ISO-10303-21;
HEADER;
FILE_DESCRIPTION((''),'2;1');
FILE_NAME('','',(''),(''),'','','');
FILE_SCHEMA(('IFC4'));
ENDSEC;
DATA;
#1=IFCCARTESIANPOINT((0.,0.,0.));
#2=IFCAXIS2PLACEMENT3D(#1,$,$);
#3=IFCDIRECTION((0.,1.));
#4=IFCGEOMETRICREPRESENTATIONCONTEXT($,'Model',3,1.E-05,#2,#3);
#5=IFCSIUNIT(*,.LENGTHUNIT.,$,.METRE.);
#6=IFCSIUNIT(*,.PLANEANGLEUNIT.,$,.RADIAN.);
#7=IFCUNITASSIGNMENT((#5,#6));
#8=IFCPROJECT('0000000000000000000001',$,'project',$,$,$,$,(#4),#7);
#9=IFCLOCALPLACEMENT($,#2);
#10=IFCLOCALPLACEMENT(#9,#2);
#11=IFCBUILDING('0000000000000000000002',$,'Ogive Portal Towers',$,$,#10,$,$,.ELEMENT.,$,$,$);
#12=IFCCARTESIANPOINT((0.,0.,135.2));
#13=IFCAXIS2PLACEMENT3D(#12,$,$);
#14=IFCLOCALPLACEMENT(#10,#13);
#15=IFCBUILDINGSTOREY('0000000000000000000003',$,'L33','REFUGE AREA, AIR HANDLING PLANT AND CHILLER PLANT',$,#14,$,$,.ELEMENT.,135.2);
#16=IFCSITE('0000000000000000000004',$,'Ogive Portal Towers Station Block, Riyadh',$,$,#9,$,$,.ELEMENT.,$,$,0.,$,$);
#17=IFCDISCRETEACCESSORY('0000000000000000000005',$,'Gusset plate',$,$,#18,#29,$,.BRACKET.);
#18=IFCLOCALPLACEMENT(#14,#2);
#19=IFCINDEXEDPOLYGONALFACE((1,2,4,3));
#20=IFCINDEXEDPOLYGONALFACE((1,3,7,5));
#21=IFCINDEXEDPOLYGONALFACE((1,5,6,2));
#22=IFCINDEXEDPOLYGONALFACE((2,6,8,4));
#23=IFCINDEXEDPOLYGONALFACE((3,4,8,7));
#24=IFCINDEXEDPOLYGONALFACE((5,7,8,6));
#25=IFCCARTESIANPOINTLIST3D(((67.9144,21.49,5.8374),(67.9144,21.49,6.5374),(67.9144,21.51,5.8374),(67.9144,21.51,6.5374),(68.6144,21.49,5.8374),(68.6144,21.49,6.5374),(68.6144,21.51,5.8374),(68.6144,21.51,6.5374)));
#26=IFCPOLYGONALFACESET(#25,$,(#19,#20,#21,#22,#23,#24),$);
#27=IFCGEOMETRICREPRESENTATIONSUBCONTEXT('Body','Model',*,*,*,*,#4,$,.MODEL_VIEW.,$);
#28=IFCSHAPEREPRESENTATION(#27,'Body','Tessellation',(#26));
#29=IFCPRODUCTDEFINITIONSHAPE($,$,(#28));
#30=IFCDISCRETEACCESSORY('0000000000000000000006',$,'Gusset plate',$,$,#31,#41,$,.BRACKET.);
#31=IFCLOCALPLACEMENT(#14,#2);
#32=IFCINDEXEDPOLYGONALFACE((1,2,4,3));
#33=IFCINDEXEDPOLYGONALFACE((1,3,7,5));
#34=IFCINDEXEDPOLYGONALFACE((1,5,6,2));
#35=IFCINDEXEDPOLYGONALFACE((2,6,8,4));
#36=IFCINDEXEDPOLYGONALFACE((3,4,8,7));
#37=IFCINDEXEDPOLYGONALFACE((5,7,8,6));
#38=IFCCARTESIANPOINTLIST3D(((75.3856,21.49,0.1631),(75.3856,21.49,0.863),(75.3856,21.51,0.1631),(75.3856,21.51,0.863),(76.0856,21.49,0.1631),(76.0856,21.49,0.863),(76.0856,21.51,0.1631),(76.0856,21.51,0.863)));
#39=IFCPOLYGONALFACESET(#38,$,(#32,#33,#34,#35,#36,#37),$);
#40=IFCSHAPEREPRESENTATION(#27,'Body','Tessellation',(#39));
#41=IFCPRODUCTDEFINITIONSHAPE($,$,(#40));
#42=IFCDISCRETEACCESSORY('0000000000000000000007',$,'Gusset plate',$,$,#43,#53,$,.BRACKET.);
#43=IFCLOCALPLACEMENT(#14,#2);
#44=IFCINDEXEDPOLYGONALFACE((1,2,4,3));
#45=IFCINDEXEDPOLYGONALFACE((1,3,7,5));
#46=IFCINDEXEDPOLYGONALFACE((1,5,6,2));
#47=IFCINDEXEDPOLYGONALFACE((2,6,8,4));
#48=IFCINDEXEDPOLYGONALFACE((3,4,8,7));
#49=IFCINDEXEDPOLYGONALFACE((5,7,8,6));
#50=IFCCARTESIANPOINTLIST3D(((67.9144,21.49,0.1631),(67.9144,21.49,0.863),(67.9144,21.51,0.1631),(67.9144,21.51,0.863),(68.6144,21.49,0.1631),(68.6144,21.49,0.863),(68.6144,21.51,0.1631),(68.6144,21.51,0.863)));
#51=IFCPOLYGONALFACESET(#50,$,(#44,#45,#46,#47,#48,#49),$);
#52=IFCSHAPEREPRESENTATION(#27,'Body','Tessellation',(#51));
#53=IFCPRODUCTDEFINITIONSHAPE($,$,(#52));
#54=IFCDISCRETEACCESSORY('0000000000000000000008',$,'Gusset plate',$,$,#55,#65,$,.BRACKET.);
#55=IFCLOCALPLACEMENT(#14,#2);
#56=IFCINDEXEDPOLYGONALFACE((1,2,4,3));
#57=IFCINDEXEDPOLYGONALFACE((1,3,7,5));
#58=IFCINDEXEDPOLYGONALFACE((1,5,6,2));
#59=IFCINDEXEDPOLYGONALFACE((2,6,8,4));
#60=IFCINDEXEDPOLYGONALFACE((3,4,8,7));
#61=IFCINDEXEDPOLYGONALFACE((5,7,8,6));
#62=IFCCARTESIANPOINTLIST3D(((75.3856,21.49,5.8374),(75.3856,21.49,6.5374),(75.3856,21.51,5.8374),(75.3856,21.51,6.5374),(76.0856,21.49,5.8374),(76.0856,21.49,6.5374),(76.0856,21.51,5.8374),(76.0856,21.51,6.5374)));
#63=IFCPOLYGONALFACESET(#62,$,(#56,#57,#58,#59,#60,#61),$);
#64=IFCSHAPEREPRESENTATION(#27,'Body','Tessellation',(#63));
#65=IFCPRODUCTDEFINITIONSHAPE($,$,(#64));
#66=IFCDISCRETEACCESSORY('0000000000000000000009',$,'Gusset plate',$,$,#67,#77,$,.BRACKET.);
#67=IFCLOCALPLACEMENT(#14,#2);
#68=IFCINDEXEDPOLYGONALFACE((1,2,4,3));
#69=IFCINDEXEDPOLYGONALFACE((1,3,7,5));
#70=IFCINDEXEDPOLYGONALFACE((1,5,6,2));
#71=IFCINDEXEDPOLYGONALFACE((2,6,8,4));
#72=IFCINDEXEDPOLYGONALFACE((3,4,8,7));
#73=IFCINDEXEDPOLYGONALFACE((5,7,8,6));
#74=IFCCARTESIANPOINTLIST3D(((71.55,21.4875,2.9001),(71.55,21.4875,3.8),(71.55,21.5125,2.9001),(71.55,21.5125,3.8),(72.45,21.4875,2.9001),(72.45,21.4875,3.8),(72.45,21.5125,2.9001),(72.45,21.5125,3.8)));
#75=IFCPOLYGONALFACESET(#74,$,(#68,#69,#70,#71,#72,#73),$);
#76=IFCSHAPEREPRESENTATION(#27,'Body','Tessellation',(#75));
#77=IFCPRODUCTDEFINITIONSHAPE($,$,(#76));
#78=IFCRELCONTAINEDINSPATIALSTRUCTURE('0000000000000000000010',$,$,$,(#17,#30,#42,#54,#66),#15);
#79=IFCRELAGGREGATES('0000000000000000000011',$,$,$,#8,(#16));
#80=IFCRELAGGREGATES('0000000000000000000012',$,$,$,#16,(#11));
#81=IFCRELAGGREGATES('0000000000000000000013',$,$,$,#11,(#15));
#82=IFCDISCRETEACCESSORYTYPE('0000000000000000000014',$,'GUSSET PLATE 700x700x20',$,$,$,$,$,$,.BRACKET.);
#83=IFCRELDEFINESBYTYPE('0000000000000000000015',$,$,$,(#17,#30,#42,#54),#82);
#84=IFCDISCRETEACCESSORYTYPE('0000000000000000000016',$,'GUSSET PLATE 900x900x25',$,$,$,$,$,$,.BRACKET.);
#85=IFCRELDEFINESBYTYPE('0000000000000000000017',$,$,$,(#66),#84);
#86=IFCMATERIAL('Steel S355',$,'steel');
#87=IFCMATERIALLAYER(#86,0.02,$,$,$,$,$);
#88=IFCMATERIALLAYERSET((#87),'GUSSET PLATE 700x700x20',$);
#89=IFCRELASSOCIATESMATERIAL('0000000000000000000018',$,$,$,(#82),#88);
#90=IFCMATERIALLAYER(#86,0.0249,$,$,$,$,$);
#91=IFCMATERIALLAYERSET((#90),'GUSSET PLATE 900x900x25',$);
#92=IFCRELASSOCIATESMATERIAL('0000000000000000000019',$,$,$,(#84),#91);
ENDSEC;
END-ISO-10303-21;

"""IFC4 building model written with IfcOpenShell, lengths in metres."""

from ifc_helpers import new_model, si_unit, direction, frame, origin, origin_2d, place, context, subcontext, project, spatial, rectangle, extrude, material, layer, layer_set, type_object, element, save


model = new_model("IFC4")

# Units and contexts
model_context = context("Model", 3, precision=1e-05, world=origin(), true_north=direction((0.0, 1.0)))
body_context = subcontext(model_context, "Body", "Model", "MODEL_VIEW")
ifc_project = project(units=[si_unit("LENGTHUNIT", "METRE"), si_unit("PLANEANGLEUNIT", "RADIAN")], contexts=[model_context])

# Site, building, storey
site_placement = place(None, origin())
site = spatial("IfcSite", under=ifc_project, at=site_placement, Name="Ogive Portal Towers Station Block, Riyadh", CompositionType="ELEMENT", RefElevation=0.0)
building_placement = place(site_placement, origin())
building = spatial("IfcBuilding", under=site, at=building_placement, Name="Ogive Portal Towers", CompositionType="ELEMENT")
storey_placement = place(building_placement, frame((0.0, 0.0, 135.2)))
storey = spatial("IfcBuildingStorey", under=building, at=storey_placement, Name="L33", Description="REFUGE AREA, AIR HANDLING PLANT AND CHILLER PLANT", CompositionType="ELEMENT", Elevation=135.2)

# Shared definitions
ifc_material_1 = material(Name="Steel S355", Category="steel")

# Discrete accessories
ifc_layer_1 = layer(ifc_material_1, 0.02)
ifc_layer_set_1 = layer_set([ifc_layer_1], Name="GUSSET PLATE 700x700x20")
discrete_accessory_type_1 = type_object("IfcDiscreteAccessoryType", Name="GUSSET PLATE 700x700x20", PredefinedType="BRACKET", material=ifc_layer_set_1)
for number, where, z_axis, x_axis, name in (
    (1, (68.2644, 21.5, 5.8374), (0.0, 0.0, 1.0), (1.0, 0.0, 0.0), "Gusset plate"),
    (2, (75.7356, 21.5, 0.1631), (0.0, 0.0, 1.0), (1.0, 0.0, 0.0), "Gusset plate"),
    (3, (68.2644, 21.5, 0.1631), (0.0, 0.0, 1.0), (1.0, 0.0, 0.0), "Gusset plate"),
    (4, (75.7356, 21.5, 5.8374), (0.0, 0.0, 1.0), (1.0, 0.0, 0.0), "Gusset plate"),
):
    element("IfcDiscreteAccessory", number, at=place(storey_placement, frame(where, z_axis=z_axis, x_axis=x_axis)), inside=storey, type_object=discrete_accessory_type_1, Name=name, PredefinedType="BRACKET", context=body_context, shape_type="SweptSolid", body=[
        extrude(rectangle(XDim=0.7, YDim=0.02, at=origin_2d()), origin(), (0.0, 0.0, 1.0), 0.7),
    ])
ifc_layer_2 = layer(ifc_material_1, 0.0249)
ifc_layer_set_2 = layer_set([ifc_layer_2], Name="GUSSET PLATE 900x900x25")
discrete_accessory_type_2 = type_object("IfcDiscreteAccessoryType", Name="GUSSET PLATE 900x900x25", PredefinedType="BRACKET", material=ifc_layer_set_2)
discrete_accessory_placement = place(storey_placement, frame((72.0, 21.5, 2.9001), z_axis=(0.0, 0.0, 1.0), x_axis=(1.0, 0.0, 0.0)))
element("IfcDiscreteAccessory", 5, at=discrete_accessory_placement, inside=storey, type_object=discrete_accessory_type_2, Name="Gusset plate", PredefinedType="BRACKET", context=body_context, shape_type="SweptSolid", body=[
    extrude(rectangle(XDim=0.8999, YDim=0.0249, at=origin_2d()), origin(), (0.0, 0.0, 1.0), 0.8999),
])

save(model, "model.ifc")
